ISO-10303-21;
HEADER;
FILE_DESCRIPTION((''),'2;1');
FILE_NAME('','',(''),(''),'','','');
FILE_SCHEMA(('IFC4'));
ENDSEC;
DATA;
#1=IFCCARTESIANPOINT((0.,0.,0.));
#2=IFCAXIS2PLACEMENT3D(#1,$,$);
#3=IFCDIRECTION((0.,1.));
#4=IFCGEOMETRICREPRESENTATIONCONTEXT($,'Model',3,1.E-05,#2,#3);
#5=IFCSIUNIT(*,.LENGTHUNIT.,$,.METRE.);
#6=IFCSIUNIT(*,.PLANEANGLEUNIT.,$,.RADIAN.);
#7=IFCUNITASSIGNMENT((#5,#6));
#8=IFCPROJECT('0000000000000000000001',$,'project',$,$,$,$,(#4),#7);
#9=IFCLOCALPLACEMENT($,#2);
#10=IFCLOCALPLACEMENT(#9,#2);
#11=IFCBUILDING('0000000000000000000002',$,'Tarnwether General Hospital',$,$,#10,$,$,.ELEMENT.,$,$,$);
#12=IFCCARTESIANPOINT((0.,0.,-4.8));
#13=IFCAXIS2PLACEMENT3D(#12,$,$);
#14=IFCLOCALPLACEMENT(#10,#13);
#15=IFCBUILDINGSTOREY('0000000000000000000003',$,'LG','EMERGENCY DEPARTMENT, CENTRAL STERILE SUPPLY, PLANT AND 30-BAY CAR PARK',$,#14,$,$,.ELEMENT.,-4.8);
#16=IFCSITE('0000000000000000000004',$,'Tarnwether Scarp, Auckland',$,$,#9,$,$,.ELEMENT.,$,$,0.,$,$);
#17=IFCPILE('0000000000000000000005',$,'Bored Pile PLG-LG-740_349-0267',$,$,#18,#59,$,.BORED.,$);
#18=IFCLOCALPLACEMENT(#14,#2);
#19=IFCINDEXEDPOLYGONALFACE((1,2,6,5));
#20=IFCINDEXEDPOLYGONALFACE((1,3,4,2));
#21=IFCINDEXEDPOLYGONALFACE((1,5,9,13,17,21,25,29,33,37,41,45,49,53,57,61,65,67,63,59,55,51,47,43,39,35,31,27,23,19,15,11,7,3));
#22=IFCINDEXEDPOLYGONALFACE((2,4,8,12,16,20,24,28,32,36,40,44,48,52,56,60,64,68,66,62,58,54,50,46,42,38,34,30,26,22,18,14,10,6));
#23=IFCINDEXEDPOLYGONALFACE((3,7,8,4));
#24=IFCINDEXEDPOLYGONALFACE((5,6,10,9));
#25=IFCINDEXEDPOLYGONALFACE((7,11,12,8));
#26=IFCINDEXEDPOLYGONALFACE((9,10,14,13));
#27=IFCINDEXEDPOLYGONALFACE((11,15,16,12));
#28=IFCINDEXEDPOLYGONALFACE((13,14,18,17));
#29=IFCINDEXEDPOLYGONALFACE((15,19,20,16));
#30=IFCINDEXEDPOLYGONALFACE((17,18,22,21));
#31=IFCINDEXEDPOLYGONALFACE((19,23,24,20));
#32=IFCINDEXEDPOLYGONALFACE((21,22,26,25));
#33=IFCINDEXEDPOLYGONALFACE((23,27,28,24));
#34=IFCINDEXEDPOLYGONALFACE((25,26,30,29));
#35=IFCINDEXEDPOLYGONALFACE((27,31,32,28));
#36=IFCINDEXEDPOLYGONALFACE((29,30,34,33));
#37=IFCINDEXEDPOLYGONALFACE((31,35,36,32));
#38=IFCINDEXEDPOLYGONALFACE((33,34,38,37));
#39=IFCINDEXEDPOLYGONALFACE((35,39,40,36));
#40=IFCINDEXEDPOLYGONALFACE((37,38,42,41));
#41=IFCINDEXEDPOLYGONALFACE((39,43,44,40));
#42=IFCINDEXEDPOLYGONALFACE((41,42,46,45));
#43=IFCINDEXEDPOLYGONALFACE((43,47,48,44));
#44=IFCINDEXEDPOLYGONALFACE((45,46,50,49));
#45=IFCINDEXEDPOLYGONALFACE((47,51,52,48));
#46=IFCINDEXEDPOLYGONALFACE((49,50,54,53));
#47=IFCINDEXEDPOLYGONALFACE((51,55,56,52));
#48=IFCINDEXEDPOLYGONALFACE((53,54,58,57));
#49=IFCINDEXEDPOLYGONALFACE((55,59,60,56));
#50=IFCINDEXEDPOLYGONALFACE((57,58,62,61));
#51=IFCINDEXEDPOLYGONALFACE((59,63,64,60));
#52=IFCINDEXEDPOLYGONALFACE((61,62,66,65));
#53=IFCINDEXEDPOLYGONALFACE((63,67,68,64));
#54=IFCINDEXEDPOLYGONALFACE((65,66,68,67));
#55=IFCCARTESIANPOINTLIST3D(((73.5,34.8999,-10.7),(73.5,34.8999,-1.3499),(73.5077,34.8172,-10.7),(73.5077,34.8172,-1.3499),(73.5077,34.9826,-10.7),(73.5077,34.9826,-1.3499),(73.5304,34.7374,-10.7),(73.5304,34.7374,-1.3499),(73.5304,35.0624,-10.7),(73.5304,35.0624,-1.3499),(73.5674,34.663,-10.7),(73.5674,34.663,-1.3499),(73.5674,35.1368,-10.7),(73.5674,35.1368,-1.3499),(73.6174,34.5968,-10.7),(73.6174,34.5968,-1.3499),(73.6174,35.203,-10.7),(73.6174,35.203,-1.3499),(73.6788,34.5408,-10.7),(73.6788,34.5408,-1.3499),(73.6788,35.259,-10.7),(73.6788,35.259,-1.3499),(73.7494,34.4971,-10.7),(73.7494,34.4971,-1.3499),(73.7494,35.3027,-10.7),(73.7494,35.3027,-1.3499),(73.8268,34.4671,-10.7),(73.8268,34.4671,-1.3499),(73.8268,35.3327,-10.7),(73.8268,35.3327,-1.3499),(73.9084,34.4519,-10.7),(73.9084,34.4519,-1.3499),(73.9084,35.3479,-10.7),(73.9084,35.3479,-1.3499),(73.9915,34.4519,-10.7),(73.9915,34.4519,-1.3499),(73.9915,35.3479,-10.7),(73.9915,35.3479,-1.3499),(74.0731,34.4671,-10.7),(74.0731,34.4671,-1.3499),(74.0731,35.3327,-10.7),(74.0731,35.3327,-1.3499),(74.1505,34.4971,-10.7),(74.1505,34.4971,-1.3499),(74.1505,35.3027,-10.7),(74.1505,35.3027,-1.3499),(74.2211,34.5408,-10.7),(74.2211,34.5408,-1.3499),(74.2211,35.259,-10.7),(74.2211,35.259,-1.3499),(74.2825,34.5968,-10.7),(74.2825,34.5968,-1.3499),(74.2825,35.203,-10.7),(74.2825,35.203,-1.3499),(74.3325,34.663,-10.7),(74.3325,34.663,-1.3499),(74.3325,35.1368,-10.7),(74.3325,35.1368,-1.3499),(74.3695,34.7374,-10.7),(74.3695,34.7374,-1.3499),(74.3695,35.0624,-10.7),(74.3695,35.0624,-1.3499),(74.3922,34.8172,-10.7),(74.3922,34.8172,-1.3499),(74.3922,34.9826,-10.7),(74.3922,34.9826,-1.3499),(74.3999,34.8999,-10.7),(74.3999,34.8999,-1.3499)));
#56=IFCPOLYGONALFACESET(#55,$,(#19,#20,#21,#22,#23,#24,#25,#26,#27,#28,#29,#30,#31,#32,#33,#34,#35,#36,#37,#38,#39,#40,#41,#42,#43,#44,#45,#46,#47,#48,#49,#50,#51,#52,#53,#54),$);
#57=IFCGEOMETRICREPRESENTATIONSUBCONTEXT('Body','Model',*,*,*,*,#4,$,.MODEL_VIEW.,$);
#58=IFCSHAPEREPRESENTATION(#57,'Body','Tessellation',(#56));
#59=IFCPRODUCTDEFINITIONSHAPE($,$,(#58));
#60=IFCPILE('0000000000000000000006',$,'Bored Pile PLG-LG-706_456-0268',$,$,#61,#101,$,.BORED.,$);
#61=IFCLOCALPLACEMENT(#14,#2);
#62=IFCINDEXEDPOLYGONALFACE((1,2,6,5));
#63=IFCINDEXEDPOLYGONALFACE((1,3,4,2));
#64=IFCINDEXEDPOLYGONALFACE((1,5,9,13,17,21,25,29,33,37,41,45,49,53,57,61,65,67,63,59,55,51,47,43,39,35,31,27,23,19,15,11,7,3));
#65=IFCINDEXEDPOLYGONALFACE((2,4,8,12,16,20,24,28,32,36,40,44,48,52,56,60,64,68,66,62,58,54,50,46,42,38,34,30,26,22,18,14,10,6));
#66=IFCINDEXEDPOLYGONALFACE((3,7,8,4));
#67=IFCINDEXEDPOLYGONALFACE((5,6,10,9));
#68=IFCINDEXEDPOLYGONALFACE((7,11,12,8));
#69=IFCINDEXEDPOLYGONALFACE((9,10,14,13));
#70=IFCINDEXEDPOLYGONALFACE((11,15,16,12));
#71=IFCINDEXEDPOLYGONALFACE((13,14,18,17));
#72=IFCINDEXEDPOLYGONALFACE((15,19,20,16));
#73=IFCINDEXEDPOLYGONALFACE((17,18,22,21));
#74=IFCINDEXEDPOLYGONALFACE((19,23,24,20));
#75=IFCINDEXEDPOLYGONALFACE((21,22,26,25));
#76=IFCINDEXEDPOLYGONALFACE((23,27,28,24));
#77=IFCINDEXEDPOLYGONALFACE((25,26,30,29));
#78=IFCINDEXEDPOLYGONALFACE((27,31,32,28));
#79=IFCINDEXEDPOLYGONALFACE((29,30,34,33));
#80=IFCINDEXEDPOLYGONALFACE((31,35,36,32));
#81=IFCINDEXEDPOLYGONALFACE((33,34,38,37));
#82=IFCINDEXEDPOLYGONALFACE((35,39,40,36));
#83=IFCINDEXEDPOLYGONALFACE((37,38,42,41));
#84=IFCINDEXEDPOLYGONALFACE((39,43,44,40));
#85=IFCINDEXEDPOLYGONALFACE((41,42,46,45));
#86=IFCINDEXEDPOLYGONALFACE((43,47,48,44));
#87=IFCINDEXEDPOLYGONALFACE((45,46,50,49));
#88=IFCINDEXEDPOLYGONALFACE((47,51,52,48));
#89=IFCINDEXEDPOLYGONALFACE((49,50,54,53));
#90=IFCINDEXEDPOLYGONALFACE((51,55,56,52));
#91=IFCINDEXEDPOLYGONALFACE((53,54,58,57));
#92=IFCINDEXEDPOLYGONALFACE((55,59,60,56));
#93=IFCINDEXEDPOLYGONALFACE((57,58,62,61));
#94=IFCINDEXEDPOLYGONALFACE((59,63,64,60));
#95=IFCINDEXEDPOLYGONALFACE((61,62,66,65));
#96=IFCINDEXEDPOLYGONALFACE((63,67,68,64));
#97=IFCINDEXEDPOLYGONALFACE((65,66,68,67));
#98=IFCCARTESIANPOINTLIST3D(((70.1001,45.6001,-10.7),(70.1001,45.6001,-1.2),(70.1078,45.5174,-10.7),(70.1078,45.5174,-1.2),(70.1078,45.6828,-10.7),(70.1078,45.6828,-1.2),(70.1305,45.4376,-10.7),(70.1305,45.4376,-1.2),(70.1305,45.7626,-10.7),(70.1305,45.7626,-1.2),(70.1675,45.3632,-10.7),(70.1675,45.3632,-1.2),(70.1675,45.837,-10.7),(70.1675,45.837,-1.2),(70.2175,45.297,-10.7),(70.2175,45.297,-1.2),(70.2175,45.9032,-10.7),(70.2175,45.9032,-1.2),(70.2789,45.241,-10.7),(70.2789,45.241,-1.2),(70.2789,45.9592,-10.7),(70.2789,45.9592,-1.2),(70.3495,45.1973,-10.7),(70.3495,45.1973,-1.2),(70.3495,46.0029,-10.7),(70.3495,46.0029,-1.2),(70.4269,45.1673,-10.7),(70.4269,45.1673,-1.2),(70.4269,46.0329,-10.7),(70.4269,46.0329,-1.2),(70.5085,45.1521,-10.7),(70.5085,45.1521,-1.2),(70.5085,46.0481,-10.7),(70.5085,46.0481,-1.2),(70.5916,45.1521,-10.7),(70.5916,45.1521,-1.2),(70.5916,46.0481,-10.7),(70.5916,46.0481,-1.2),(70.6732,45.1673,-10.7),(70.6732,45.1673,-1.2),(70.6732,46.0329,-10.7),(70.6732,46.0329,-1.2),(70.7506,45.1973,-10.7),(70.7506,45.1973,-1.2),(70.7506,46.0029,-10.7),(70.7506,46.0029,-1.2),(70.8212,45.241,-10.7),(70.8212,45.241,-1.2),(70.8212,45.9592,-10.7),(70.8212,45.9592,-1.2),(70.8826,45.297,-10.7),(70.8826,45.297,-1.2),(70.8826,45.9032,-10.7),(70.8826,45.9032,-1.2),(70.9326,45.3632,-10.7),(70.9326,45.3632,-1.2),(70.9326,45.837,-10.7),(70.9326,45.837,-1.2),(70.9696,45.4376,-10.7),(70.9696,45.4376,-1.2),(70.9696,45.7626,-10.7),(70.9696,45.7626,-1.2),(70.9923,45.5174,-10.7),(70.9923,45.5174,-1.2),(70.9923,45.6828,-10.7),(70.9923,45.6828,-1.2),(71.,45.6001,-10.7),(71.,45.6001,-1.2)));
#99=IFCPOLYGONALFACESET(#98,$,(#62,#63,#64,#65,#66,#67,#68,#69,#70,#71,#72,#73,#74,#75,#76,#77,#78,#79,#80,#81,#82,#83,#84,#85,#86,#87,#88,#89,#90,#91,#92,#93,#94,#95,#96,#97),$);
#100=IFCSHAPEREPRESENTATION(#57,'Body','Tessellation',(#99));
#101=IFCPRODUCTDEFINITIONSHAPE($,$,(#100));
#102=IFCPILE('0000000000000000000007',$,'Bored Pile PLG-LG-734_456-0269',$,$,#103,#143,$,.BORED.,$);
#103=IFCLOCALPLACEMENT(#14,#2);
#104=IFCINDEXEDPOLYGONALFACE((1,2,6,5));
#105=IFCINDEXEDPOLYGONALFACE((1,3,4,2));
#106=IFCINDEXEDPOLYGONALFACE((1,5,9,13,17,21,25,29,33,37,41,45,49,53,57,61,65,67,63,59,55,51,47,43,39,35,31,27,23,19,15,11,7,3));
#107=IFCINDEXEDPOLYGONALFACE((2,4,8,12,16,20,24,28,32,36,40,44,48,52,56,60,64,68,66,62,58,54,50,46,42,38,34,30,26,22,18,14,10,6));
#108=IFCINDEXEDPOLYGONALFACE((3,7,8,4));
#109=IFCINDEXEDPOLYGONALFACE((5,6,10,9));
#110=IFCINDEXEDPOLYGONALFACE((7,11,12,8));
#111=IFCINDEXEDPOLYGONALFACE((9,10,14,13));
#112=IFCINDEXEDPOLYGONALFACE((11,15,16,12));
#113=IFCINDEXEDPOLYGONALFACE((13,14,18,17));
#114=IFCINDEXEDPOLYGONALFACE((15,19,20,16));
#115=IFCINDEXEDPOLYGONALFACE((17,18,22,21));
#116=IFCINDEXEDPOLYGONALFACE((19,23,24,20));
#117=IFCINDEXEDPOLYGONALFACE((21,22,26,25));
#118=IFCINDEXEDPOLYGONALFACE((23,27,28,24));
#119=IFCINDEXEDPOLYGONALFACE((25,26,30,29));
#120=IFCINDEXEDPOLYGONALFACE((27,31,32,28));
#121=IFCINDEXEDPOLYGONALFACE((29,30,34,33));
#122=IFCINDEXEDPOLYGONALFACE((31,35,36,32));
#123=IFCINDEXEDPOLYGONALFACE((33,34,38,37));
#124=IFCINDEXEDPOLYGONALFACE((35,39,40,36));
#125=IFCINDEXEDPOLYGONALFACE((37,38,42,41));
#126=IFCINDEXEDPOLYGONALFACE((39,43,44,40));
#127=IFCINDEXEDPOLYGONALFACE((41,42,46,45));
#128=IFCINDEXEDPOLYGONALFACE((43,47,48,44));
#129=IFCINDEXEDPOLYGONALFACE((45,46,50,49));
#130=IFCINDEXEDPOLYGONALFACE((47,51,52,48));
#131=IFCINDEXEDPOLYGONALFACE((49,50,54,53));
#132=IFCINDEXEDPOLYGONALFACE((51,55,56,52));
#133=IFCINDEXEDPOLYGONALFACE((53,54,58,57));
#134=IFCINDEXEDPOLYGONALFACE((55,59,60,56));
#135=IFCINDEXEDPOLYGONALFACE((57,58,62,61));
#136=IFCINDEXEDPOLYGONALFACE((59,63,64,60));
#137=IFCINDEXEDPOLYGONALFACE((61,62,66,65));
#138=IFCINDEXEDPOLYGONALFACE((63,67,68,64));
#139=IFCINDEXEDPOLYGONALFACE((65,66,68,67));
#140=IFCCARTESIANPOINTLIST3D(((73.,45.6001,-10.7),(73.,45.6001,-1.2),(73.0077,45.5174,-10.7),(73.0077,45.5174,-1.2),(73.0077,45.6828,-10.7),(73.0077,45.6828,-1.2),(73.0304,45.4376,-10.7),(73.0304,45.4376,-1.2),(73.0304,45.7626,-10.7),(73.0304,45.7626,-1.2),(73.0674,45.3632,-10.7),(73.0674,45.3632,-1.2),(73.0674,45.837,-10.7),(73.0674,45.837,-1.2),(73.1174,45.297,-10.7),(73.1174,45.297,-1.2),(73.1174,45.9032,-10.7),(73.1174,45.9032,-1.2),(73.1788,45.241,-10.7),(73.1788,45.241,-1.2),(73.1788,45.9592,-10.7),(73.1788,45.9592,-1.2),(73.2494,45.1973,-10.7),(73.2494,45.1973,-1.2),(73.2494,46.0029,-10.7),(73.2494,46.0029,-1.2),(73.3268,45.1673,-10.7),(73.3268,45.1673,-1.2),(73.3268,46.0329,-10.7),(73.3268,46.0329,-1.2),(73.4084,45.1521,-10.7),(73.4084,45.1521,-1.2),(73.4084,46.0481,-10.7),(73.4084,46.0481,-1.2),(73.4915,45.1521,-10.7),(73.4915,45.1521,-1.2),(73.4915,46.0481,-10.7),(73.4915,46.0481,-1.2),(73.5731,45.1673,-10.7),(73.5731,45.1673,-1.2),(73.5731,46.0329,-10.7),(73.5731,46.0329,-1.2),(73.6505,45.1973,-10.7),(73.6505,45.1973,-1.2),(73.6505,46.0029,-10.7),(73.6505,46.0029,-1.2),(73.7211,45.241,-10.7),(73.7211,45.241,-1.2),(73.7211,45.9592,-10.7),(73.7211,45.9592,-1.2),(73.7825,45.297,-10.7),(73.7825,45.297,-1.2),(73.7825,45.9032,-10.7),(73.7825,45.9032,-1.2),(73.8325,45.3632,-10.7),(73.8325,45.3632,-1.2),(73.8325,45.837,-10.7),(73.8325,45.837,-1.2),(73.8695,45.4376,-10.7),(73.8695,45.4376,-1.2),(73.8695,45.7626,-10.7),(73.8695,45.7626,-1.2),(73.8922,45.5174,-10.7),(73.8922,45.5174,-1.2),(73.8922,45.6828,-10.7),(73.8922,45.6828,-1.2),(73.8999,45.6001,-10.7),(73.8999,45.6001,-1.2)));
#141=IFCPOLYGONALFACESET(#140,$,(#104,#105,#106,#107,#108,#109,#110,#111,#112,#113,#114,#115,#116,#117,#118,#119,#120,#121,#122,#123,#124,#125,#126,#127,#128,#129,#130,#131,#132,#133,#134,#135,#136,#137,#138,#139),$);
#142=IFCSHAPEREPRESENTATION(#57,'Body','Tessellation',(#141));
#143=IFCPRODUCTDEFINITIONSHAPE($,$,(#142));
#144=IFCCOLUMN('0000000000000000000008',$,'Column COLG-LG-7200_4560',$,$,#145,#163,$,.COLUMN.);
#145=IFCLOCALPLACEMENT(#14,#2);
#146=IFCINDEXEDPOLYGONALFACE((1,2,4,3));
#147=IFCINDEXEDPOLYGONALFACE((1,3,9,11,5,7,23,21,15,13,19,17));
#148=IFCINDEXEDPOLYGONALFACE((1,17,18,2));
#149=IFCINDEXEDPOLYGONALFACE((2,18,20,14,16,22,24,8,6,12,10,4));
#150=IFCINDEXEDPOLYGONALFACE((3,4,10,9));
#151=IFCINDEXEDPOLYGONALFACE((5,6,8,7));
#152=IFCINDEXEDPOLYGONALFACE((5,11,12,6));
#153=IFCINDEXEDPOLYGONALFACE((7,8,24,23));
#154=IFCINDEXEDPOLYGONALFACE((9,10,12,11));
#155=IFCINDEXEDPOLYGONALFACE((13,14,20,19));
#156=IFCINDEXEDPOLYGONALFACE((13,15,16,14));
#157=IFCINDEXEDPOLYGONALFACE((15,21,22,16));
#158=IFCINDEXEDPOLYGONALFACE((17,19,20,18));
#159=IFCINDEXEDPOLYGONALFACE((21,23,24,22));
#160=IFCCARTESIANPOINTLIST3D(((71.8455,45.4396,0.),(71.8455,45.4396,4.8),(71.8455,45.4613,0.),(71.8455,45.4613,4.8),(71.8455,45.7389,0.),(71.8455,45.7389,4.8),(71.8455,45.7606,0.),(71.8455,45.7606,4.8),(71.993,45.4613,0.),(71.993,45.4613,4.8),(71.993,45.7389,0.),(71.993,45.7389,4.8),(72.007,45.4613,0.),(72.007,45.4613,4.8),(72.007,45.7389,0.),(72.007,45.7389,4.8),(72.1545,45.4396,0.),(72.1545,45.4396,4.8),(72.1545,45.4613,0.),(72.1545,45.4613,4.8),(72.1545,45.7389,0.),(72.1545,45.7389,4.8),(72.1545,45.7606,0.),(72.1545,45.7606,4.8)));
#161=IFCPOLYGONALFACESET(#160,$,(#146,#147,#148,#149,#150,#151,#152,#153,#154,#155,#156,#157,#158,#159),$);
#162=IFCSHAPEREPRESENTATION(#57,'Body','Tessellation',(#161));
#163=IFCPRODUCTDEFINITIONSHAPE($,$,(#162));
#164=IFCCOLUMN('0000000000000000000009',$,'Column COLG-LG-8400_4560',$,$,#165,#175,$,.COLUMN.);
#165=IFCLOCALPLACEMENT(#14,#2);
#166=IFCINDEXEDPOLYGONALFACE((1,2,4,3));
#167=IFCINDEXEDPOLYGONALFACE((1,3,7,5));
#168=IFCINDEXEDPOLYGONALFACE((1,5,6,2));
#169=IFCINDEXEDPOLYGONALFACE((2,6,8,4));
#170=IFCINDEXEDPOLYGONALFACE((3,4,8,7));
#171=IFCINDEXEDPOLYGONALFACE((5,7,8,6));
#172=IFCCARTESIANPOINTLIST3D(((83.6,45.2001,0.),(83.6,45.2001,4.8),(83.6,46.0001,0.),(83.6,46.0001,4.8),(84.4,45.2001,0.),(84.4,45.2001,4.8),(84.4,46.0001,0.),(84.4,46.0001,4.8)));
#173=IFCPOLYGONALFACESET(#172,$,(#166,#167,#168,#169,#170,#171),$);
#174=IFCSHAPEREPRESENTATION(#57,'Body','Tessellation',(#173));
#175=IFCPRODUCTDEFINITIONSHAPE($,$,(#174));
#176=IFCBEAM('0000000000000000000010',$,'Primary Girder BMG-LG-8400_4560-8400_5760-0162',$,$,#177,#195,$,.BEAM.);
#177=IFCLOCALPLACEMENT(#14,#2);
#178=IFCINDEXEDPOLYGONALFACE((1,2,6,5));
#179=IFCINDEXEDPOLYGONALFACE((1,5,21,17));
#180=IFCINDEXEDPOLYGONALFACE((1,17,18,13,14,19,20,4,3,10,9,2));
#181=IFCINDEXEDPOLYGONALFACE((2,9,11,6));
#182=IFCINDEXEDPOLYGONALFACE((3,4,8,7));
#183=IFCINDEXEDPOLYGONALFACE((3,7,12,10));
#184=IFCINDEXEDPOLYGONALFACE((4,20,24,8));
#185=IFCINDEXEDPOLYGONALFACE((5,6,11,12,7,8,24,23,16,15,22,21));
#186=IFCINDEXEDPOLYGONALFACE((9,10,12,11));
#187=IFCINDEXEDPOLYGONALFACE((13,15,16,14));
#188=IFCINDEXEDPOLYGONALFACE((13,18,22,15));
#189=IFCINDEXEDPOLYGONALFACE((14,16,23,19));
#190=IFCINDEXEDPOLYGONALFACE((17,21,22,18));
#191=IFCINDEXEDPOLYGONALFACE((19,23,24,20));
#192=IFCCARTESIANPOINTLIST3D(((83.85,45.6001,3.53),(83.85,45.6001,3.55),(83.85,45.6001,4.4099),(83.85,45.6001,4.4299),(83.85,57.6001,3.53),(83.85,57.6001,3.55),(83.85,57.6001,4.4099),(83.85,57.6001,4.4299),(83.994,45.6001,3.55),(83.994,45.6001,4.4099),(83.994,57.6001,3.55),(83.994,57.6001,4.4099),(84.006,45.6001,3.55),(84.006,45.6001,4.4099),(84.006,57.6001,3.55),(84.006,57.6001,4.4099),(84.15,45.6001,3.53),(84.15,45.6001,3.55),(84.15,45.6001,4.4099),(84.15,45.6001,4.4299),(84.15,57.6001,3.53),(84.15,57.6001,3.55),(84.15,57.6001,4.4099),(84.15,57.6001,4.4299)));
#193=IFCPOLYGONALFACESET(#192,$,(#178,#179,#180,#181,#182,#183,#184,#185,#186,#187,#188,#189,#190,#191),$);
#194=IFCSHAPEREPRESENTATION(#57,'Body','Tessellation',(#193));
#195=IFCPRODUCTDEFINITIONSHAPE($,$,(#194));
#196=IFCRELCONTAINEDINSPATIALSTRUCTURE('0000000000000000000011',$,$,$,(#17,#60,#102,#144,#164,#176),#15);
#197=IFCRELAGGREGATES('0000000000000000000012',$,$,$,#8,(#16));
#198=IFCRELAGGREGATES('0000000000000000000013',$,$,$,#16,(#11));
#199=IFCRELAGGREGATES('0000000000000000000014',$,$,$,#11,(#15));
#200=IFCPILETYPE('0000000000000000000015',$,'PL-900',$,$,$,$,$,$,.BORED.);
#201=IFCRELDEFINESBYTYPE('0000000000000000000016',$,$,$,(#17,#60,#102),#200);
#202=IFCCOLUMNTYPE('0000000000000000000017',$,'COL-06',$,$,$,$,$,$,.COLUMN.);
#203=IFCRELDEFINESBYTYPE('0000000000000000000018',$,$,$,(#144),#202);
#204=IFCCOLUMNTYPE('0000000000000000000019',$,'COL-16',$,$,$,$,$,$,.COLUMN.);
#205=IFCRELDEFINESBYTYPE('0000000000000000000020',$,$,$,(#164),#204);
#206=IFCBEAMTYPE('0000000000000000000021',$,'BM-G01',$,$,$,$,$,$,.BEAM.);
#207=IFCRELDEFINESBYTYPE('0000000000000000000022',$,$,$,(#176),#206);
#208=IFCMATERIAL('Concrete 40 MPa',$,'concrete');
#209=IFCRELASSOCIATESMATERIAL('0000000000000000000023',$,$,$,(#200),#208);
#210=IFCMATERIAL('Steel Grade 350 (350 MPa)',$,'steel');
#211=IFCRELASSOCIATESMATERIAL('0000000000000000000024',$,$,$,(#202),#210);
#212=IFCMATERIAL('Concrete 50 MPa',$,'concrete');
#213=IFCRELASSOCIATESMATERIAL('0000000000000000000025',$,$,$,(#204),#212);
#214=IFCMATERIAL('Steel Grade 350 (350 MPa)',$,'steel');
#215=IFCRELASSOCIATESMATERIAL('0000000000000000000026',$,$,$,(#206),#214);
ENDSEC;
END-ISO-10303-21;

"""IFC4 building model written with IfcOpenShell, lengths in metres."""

from ifc_helpers import new_model, si_unit, direction, frame, origin, origin_2d, place, context, subcontext, project, spatial, rectangle, circle, i_section, extrude, material, material_profile, profile_set, type_object, element, save


model = new_model("IFC4")

# Units and contexts
model_context = context("Model", 3, precision=1e-05, world=origin(), true_north=direction((0.0, 1.0)))
body_context = subcontext(model_context, "Body", "Model", "MODEL_VIEW")
ifc_project = project(units=[si_unit("LENGTHUNIT", "METRE"), si_unit("PLANEANGLEUNIT", "RADIAN")], contexts=[model_context])

# Site, building, storey
site_placement = place(None, origin())
site = spatial("IfcSite", under=ifc_project, at=site_placement, Name="Tarnwether Scarp, Auckland", CompositionType="ELEMENT", RefElevation=0.0)
building_placement = place(site_placement, origin())
building = spatial("IfcBuilding", under=site, at=building_placement, Name="Tarnwether General Hospital", CompositionType="ELEMENT")
storey_placement = place(building_placement, frame((0.0, 0.0, -4.8)))
storey = spatial("IfcBuildingStorey", under=building, at=storey_placement, Name="LG", Description="EMERGENCY DEPARTMENT, CENTRAL STERILE SUPPLY, PLANT AND 30-BAY CAR PARK", CompositionType="ELEMENT", Elevation=-4.8)

# Piles
ifc_material_1 = material(Name="Concrete 40 MPa", Category="concrete")
ifc_material_profile_1 = material_profile(ifc_material_1, circle(Radius=0.45, at=origin_2d()), Name="PILE-D900")
ifc_profile_set_1 = profile_set([ifc_material_profile_1], Name="Concrete 40 MPa")
pile_type_1 = type_object("IfcPileType", Name="PL-900", PredefinedType="BORED", material=ifc_profile_set_1)
for number, where, z_axis, x_axis, name in (
    (1, (73.95, 34.8999, -1.3499), (0.0, 0.0, -1.0), (1.0, 0.0, 0.0), "Bored Pile PLG-LG-740_349-0267"),
):
    element("IfcPile", number, at=place(storey_placement, frame(where, z_axis=z_axis, x_axis=x_axis)), inside=storey, type_object=pile_type_1, Name=name, PredefinedType="BORED", context=body_context, shape_type="SweptSolid", body=[
        extrude(circle(Radius=0.45, at=origin_2d()), origin(), (0.0, 0.0, 1.0), 9.3501),
    ])
for number, where, z_axis, x_axis, name in (
    (2, (70.55, 45.6001, -1.2), (0.0, 0.0, -1.0), (1.0, 0.0, 0.0), "Bored Pile PLG-LG-706_456-0268"),
    (3, (73.45, 45.6001, -1.2), (0.0, 0.0, -1.0), (1.0, 0.0, 0.0), "Bored Pile PLG-LG-734_456-0269"),
):
    element("IfcPile", number, at=place(storey_placement, frame(where, z_axis=z_axis, x_axis=x_axis)), inside=storey, type_object=pile_type_1, Name=name, PredefinedType="BORED", context=body_context, shape_type="SweptSolid", body=[
        extrude(circle(Radius=0.45, at=origin_2d()), origin(), (0.0, 0.0, 1.0), 9.5),
    ])

# Columns
ifc_material_2 = material(Name="Steel Grade 350 (350 MPa)", Category="steel")
ifc_material_profile_2 = material_profile(ifc_material_2, i_section(OverallWidth=0.3091, OverallDepth=0.321, WebThickness=0.0139, FlangeThickness=0.0217, at=origin_2d()), Name="310UC137")
ifc_profile_set_2 = profile_set([ifc_material_profile_2], Name="Steel Grade 350 (350 MPa)")
column_type_1 = type_object("IfcColumnType", Name="COL-06", PredefinedType="COLUMN", material=ifc_profile_set_2)
column_1_placement = place(storey_placement, frame((72.0, 45.6001, 0.0), z_axis=(0.0, 0.0, 1.0), x_axis=(1.0, 0.0, 0.0)))
element("IfcColumn", 4, at=column_1_placement, inside=storey, type_object=column_type_1, Name="Column COLG-LG-7200_4560", PredefinedType="COLUMN", context=body_context, shape_type="SweptSolid", body=[
    extrude(i_section(OverallWidth=0.3091, OverallDepth=0.321, WebThickness=0.0139, FlangeThickness=0.0217, at=origin_2d()), origin(), (0.0, 0.0, 1.0), 4.8),
])
ifc_material_3 = material(Name="Concrete 50 MPa", Category="concrete")
ifc_material_profile_3 = material_profile(ifc_material_3, rectangle(XDim=0.8, YDim=0.8, at=origin_2d()), Name="RC-COL-800x800")
ifc_profile_set_3 = profile_set([ifc_material_profile_3], Name="Concrete 50 MPa")
column_type_2 = type_object("IfcColumnType", Name="COL-16", PredefinedType="COLUMN", material=ifc_profile_set_3)
column_2_placement = place(storey_placement, frame((84.0, 45.6001, 0.0), z_axis=(0.0, 0.0, 1.0), x_axis=(0.0, 1.0, 0.0)))
element("IfcColumn", 5, at=column_2_placement, inside=storey, type_object=column_type_2, Name="Column COLG-LG-8400_4560", PredefinedType="COLUMN", context=body_context, shape_type="SweptSolid", body=[
    extrude(rectangle(XDim=0.8, YDim=0.8, at=origin_2d()), origin(), (0.0, 0.0, 1.0), 4.8),
])

# Beam
ifc_material_4 = material(Name="Steel Grade 350 (350 MPa)", Category="steel")
ifc_material_profile_4 = material_profile(ifc_material_4, i_section(OverallWidth=0.3, OverallDepth=0.8999, WebThickness=0.012, FlangeThickness=0.02, at=origin_2d()), Name="900WB175")
ifc_profile_set_4 = profile_set([ifc_material_profile_4], Name="Steel Grade 350 (350 MPa)")
beam_type_1 = type_object("IfcBeamType", Name="BM-G01", PredefinedType="BEAM", material=ifc_profile_set_4)
beam_1_placement = place(storey_placement, frame((84.0, 45.6001, 3.98), z_axis=(0.0, 1.0, 0.0), x_axis=(-1.0, 0.0, 0.0)))
element("IfcBeam", 6, at=beam_1_placement, inside=storey, type_object=beam_type_1, Name="Primary Girder BMG-LG-8400_4560-8400_5760-0162", PredefinedType="BEAM", context=body_context, shape_type="SweptSolid", body=[
    extrude(i_section(OverallWidth=0.3, OverallDepth=0.8999, WebThickness=0.012, FlangeThickness=0.02, at=origin_2d()), origin(), (0.0, 0.0, 1.0), 12.0),
])

save(model, "model.ifc")
